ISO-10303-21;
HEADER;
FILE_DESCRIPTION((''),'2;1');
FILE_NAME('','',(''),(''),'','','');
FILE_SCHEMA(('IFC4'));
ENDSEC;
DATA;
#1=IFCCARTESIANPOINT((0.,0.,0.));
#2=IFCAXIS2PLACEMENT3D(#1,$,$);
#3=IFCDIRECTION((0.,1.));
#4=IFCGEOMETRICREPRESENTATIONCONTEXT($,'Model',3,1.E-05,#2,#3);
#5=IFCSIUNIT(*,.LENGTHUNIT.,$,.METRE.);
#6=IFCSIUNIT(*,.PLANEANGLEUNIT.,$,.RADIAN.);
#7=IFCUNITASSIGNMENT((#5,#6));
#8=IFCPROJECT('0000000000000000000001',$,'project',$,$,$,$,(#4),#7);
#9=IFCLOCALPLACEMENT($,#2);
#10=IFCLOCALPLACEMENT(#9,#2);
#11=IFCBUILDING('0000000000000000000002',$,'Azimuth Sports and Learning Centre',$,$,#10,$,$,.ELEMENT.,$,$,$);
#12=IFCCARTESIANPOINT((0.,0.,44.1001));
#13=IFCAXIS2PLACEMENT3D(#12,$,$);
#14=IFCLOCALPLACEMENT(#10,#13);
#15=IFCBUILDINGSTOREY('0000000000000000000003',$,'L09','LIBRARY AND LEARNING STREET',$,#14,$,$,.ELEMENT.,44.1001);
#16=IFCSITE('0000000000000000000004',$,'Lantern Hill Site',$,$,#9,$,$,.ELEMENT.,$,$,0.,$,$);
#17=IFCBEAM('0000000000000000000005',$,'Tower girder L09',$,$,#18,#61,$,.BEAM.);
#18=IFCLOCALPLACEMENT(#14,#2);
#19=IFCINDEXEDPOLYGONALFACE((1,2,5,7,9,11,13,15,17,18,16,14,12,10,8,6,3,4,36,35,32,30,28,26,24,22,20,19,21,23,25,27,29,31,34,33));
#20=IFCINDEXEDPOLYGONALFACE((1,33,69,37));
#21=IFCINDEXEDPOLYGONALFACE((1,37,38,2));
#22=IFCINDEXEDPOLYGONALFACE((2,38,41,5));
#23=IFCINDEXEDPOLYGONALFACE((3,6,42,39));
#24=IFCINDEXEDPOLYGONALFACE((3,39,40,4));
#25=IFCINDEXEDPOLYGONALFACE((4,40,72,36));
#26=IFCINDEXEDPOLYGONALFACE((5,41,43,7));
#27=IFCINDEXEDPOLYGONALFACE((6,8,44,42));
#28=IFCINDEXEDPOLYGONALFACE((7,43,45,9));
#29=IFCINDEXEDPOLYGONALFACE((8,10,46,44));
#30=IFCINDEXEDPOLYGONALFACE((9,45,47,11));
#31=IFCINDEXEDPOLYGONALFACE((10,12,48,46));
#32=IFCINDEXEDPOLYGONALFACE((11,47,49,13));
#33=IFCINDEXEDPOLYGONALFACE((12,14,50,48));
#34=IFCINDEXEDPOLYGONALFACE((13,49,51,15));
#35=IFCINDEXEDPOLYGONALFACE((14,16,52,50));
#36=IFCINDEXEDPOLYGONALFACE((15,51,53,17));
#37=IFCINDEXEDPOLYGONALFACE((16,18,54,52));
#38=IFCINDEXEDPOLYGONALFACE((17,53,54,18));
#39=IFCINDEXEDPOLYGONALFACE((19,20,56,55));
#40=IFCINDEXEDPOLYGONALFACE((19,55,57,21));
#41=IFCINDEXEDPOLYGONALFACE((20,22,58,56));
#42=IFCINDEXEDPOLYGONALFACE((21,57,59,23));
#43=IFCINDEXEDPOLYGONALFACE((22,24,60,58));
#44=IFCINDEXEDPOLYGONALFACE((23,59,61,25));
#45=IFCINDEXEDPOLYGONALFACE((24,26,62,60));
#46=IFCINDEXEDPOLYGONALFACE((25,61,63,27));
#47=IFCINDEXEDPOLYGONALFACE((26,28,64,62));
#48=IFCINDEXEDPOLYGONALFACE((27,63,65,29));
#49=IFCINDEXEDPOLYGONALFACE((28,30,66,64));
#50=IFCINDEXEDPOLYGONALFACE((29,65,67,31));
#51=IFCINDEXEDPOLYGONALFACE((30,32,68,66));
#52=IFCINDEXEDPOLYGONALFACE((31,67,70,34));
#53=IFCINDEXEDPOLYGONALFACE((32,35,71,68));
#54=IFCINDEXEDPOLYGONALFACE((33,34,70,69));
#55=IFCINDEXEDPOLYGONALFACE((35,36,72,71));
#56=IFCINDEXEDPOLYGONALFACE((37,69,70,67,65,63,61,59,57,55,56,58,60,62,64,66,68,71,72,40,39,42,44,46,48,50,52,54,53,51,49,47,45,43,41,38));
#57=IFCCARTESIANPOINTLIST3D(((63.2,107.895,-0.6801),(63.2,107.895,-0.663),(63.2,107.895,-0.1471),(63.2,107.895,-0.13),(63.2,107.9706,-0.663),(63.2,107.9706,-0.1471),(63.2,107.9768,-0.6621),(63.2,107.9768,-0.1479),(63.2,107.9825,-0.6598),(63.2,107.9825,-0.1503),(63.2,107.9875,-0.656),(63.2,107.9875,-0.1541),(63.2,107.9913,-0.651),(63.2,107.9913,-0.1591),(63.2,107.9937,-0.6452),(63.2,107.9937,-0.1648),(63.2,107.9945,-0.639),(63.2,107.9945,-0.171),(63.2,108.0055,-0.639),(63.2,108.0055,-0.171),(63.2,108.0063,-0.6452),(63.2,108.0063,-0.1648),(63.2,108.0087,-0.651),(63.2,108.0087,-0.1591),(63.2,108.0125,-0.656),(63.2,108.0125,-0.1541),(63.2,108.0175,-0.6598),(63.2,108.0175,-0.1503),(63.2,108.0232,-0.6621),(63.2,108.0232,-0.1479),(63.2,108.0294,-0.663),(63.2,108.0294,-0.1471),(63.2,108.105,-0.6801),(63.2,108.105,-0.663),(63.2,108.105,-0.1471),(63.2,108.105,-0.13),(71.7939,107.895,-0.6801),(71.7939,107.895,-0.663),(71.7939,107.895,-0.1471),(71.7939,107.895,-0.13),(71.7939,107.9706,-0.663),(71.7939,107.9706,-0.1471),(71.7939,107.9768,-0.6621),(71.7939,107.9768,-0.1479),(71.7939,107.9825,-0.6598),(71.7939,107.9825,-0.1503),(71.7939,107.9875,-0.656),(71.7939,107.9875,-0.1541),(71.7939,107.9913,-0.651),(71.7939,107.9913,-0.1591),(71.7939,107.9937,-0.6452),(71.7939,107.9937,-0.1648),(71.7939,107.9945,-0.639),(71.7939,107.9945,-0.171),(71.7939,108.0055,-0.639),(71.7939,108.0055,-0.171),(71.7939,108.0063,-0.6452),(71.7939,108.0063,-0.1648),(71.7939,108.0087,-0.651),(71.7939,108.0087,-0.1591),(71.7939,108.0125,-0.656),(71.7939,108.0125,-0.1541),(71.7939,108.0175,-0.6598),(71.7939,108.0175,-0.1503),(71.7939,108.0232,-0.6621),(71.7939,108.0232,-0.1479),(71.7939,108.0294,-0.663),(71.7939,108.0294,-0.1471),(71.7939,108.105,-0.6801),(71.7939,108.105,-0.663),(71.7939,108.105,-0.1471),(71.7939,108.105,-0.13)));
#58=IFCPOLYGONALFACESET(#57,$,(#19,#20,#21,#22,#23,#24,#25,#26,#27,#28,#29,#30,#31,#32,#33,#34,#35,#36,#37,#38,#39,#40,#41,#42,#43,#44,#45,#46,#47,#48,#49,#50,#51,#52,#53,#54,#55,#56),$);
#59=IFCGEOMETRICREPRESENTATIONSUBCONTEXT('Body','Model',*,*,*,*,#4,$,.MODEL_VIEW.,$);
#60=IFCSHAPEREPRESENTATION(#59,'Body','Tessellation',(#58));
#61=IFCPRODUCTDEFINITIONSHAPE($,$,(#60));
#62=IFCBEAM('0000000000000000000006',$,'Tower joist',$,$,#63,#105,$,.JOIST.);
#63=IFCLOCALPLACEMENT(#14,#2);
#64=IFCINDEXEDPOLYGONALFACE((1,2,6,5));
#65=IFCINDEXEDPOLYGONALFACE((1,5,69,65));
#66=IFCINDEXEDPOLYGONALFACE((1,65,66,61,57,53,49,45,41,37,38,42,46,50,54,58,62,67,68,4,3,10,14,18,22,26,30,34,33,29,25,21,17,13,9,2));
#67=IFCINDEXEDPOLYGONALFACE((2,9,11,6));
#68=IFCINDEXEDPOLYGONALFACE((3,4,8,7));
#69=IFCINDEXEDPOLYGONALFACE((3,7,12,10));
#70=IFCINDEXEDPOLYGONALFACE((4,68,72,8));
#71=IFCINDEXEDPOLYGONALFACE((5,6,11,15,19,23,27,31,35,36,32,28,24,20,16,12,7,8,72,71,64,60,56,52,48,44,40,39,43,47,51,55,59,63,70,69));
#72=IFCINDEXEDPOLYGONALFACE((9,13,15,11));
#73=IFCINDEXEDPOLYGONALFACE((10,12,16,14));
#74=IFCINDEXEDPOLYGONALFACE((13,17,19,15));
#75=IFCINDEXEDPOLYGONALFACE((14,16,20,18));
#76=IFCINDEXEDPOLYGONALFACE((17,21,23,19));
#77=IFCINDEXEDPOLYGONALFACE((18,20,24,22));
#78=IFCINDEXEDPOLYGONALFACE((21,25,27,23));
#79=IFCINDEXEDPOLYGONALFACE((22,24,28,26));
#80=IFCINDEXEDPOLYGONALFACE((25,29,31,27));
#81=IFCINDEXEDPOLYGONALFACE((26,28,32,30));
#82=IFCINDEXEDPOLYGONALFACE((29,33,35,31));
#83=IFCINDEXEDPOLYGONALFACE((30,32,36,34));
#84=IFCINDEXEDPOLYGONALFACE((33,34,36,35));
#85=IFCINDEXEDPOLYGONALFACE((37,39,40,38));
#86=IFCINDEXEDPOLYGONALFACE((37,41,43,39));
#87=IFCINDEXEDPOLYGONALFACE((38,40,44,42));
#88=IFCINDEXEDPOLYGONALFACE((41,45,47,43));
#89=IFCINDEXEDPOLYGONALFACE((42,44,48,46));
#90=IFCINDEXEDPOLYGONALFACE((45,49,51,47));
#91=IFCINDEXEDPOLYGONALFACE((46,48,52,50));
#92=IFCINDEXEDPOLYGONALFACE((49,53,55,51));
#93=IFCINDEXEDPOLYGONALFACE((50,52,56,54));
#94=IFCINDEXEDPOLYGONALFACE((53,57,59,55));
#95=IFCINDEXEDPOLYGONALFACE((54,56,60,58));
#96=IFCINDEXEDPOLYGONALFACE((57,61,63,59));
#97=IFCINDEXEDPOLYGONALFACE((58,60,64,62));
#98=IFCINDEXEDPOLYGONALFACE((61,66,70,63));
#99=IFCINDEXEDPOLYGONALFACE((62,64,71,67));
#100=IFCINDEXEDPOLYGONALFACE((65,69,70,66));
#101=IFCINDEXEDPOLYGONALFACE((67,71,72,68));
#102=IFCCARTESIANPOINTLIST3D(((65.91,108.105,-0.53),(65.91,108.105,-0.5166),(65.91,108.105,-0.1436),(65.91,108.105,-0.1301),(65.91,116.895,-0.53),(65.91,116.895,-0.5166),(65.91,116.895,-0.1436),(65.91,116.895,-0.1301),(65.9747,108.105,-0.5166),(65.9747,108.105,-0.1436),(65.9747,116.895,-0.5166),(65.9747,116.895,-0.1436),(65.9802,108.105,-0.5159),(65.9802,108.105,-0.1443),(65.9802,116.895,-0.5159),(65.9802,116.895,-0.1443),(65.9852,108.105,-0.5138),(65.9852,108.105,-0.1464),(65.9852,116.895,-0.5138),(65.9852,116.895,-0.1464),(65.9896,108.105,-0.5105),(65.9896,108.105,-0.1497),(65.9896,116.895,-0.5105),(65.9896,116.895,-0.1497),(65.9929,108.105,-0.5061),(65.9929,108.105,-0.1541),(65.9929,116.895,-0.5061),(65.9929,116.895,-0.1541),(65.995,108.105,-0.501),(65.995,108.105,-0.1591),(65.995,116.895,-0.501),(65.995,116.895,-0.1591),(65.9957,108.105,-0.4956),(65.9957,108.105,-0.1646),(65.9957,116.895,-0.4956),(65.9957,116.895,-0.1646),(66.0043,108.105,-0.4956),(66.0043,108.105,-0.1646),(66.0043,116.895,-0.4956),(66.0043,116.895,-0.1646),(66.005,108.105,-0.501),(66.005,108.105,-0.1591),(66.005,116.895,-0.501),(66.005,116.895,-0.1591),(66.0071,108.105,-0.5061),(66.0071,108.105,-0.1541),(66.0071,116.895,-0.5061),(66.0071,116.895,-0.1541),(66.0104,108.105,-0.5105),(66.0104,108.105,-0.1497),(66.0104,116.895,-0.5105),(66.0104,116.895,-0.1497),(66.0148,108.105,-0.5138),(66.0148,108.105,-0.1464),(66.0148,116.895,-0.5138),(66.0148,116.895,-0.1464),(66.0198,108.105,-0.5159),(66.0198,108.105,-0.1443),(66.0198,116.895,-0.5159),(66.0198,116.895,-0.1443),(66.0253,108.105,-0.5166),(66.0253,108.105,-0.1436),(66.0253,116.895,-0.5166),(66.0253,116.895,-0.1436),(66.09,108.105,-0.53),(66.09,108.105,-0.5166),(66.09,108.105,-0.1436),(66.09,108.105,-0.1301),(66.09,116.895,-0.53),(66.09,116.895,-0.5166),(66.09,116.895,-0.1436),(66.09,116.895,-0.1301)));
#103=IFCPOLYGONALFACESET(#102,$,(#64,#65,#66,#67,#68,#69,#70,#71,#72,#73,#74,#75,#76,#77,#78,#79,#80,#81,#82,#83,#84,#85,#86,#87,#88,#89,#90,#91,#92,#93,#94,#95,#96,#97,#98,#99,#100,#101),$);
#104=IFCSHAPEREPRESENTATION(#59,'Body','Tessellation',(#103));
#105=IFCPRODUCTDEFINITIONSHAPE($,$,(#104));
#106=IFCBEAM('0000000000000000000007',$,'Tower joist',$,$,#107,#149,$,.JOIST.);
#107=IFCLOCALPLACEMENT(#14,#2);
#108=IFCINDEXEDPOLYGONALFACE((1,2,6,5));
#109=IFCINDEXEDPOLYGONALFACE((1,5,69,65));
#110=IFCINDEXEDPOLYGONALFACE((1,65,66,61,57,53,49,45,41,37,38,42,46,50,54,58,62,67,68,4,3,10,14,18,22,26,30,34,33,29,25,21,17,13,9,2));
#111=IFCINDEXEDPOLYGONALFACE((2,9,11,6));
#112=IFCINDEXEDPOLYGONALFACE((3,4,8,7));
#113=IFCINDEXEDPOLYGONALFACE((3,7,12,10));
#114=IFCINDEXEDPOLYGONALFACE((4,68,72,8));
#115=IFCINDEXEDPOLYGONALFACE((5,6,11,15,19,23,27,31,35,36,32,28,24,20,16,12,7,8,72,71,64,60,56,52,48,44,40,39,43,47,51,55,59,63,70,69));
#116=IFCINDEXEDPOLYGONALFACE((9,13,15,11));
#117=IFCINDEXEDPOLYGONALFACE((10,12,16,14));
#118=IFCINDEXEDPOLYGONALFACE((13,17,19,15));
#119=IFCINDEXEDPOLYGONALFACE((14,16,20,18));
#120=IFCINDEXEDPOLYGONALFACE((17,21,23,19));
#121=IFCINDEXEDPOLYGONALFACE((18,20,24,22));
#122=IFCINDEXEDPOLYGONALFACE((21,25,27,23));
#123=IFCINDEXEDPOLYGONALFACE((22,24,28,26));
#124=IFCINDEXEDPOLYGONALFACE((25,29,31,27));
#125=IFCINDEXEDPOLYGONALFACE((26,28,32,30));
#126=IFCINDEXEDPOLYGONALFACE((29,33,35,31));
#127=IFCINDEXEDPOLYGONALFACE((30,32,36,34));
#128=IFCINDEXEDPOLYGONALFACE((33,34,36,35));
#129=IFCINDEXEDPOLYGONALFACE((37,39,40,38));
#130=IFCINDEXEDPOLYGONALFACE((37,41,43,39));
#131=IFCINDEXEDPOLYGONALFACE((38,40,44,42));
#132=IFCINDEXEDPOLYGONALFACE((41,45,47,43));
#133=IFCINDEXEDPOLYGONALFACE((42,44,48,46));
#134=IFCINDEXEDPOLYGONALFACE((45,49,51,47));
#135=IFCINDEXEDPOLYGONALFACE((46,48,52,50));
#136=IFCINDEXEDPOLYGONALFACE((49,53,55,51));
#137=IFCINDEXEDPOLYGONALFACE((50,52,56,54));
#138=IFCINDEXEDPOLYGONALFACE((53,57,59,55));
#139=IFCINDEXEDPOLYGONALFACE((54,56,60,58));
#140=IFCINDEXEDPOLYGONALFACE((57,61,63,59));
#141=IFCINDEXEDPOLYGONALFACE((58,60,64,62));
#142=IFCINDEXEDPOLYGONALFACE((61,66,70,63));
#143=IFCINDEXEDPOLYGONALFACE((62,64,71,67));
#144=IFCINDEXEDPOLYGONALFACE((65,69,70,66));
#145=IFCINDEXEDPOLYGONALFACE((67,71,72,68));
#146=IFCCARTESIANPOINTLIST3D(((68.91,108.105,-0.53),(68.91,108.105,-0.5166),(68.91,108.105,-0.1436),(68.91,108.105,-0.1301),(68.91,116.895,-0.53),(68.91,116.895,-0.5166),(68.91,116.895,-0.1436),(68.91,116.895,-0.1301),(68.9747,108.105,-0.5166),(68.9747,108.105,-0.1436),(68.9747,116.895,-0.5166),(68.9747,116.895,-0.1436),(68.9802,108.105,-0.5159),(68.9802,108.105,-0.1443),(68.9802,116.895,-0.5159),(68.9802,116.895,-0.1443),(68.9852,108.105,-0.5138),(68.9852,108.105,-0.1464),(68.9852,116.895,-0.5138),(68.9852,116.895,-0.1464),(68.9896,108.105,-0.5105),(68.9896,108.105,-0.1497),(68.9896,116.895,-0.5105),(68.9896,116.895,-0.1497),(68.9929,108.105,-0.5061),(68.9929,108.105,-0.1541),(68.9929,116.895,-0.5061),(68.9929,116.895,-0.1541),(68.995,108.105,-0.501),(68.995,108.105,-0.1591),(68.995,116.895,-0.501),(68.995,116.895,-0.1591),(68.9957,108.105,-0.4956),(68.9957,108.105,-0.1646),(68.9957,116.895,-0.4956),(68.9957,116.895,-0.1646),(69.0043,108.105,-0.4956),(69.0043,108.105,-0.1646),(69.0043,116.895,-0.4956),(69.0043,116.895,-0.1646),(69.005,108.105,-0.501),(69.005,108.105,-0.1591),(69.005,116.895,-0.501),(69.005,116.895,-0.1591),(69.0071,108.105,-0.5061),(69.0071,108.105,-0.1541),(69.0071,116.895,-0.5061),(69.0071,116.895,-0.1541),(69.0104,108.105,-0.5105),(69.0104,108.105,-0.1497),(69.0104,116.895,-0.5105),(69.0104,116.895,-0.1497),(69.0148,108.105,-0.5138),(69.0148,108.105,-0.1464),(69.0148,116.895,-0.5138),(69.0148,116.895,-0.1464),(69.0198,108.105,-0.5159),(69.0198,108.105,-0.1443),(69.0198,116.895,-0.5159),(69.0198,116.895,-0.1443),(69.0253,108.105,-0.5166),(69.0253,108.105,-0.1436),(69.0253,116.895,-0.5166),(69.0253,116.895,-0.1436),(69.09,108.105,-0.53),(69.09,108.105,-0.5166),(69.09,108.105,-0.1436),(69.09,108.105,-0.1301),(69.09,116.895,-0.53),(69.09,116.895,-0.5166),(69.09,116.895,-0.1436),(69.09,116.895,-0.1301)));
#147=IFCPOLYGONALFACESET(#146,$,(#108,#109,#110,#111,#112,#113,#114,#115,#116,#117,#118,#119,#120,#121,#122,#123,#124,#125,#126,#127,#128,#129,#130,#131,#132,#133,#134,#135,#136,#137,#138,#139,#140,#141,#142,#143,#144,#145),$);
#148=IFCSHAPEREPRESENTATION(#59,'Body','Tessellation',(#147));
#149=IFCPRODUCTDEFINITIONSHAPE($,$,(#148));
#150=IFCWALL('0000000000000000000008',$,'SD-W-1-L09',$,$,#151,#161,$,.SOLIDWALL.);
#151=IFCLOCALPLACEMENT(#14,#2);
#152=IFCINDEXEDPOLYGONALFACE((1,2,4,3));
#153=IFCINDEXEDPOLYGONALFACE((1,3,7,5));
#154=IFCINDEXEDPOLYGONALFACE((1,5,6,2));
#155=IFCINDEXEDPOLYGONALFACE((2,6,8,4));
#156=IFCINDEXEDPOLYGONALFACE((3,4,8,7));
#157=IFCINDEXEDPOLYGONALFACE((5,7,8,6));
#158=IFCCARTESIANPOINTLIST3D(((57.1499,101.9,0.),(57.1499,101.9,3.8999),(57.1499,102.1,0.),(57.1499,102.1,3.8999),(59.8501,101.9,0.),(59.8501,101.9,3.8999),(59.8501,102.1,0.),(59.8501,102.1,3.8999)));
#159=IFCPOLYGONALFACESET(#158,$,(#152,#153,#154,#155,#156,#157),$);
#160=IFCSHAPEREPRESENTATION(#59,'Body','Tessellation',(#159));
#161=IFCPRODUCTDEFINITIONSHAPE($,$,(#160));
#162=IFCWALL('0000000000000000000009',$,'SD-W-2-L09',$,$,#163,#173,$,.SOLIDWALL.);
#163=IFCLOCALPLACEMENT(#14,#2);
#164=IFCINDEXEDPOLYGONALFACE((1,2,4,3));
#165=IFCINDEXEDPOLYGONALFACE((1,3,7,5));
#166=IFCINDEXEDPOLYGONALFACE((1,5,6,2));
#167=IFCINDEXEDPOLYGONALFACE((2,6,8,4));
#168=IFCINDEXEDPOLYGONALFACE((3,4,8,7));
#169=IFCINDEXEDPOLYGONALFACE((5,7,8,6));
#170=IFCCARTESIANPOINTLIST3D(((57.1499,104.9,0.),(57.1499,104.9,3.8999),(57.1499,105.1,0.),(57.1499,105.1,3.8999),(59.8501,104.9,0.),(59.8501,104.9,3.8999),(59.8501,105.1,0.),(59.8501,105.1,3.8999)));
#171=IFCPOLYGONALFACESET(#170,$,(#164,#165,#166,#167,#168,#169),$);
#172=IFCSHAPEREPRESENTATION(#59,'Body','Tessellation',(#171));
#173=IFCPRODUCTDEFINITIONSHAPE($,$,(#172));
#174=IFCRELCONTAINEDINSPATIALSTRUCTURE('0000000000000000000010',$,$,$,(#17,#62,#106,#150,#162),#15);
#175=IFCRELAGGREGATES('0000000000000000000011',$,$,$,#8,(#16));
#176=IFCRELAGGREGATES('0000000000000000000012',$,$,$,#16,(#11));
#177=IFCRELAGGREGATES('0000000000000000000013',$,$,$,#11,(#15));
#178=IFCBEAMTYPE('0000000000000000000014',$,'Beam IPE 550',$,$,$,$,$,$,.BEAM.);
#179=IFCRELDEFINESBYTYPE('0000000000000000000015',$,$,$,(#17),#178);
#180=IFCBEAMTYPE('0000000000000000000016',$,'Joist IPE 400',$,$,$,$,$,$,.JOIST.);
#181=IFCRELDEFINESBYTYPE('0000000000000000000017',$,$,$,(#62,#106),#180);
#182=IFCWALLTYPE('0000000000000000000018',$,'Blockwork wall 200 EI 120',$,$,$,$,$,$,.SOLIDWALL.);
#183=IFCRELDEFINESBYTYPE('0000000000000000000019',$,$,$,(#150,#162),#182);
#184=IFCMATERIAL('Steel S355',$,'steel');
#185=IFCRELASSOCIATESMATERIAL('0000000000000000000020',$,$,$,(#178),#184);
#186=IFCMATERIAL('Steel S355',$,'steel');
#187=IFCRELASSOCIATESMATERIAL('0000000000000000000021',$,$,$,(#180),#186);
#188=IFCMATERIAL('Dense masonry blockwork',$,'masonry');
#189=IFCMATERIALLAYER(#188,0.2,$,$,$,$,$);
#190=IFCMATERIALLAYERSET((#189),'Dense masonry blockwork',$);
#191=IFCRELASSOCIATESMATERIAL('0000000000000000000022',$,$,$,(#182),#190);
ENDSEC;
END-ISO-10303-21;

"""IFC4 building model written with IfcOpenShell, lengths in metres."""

from ifc_helpers import new_model, si_unit, direction, frame, frame_2d, origin, origin_2d, place, context, subcontext, project, spatial, rectangle, i_section, extrude, material, layer, layer_set, material_profile, profile_set, type_object, element, save


model = new_model("IFC4")

# Units and contexts
model_context = context("Model", 3, precision=1e-05, world=origin(), true_north=direction((0.0, 1.0)))
body_context = subcontext(model_context, "Body", "Model", "MODEL_VIEW")
ifc_project = project(units=[si_unit("LENGTHUNIT", "METRE"), si_unit("PLANEANGLEUNIT", "RADIAN")], contexts=[model_context])

# Site, building, storey
site_placement = place(None, origin())
site = spatial("IfcSite", under=ifc_project, at=site_placement, Name="Lantern Hill Site", CompositionType="ELEMENT", RefElevation=0.0)
building_placement = place(site_placement, origin())
building = spatial("IfcBuilding", under=site, at=building_placement, Name="Azimuth Sports and Learning Centre", CompositionType="ELEMENT")
storey_placement = place(building_placement, frame((0.0, 0.0, 44.1001)))
storey = spatial("IfcBuildingStorey", under=building, at=storey_placement, Name="L09", Description="LIBRARY AND LEARNING STREET", CompositionType="ELEMENT", Elevation=44.1001)

# Beams
ifc_material_1 = material(Name="Steel S355", Category="steel")
ifc_material_profile_1 = material_profile(ifc_material_1, i_section(OverallWidth=0.21, OverallDepth=0.55, WebThickness=0.011, FlangeThickness=0.0171, FilletRadius=0.0239, at=origin_2d()), Name="IPE 550")
ifc_profile_set_1 = profile_set([ifc_material_profile_1], Name="Steel S355")
beam_type_1 = type_object("IfcBeamType", Name="Beam IPE 550", PredefinedType="BEAM", material=ifc_profile_set_1)
beam_placement = place(storey_placement, frame((63.2, 108.0, -0.405), z_axis=(1.0, 0.0, 0.0), x_axis=(0.0, 1.0, 0.0)))
element("IfcBeam", 1, at=beam_placement, inside=storey, type_object=beam_type_1, Name="Tower girder L09", PredefinedType="BEAM", context=body_context, shape_type="SweptSolid", body=[
    extrude(i_section(OverallWidth=0.21, OverallDepth=0.55, WebThickness=0.011, FlangeThickness=0.0171, FilletRadius=0.0239, at=origin_2d()), origin(), (0.0, 0.0, 1.0), 8.594),
])
ifc_material_2 = material(Name="Steel S355", Category="steel")
ifc_material_profile_2 = material_profile(ifc_material_2, i_section(OverallWidth=0.1799, OverallDepth=0.3999, WebThickness=0.0085, FlangeThickness=0.0134, FilletRadius=0.021, at=origin_2d()), Name="IPE 400")
ifc_profile_set_2 = profile_set([ifc_material_profile_2], Name="Steel S355")
beam_type_2 = type_object("IfcBeamType", Name="Joist IPE 400", PredefinedType="JOIST", material=ifc_profile_set_2)
for number, where, z_axis, x_axis, name in (
    (2, (66.0, 108.105, -0.3301), (0.0, 1.0, 0.0), (-1.0, 0.0, 0.0), "Tower joist"),
    (3, (69.0, 108.105, -0.3301), (0.0, 1.0, 0.0), (-1.0, 0.0, 0.0), "Tower joist"),
):
    element("IfcBeam", number, at=place(storey_placement, frame(where, z_axis=z_axis, x_axis=x_axis)), inside=storey, type_object=beam_type_2, Name=name, PredefinedType="JOIST", context=body_context, shape_type="SweptSolid", body=[
        extrude(i_section(OverallWidth=0.1799, OverallDepth=0.3999, WebThickness=0.0085, FlangeThickness=0.0134, FilletRadius=0.021, at=origin_2d()), origin(), (0.0, 0.0, 1.0), 8.79),
    ])

# Walls
ifc_material_3 = material(Name="Dense masonry blockwork", Category="masonry")
ifc_layer_1 = layer(ifc_material_3, 0.2)
ifc_layer_set_1 = layer_set([ifc_layer_1], Name="Dense masonry blockwork")
wall_type_1 = type_object("IfcWallType", Name="Blockwork wall 200 EI 120", PredefinedType="SOLIDWALL", material=ifc_layer_set_1)
for number, where, z_axis, x_axis, name in (
    (4, (57.1499, 102.0, 0.0), (0.0, 0.0, 1.0), (1.0, 0.0, 0.0), "SD-W-1-L09"),
    (5, (57.1499, 105.0, 0.0), (0.0, 0.0, 1.0), (1.0, 0.0, 0.0), "SD-W-2-L09"),
):
    element("IfcWall", number, at=place(storey_placement, frame(where, z_axis=z_axis, x_axis=x_axis)), inside=storey, type_object=wall_type_1, Name=name, PredefinedType="SOLIDWALL", context=body_context, shape_type="SweptSolid", body=[
        extrude(rectangle(XDim=2.7002, YDim=0.2, at=frame_2d((1.3501, 0.0))), origin(), (0.0, 0.0, 1.0), 3.8999),
    ])

save(model, "model.ifc")
